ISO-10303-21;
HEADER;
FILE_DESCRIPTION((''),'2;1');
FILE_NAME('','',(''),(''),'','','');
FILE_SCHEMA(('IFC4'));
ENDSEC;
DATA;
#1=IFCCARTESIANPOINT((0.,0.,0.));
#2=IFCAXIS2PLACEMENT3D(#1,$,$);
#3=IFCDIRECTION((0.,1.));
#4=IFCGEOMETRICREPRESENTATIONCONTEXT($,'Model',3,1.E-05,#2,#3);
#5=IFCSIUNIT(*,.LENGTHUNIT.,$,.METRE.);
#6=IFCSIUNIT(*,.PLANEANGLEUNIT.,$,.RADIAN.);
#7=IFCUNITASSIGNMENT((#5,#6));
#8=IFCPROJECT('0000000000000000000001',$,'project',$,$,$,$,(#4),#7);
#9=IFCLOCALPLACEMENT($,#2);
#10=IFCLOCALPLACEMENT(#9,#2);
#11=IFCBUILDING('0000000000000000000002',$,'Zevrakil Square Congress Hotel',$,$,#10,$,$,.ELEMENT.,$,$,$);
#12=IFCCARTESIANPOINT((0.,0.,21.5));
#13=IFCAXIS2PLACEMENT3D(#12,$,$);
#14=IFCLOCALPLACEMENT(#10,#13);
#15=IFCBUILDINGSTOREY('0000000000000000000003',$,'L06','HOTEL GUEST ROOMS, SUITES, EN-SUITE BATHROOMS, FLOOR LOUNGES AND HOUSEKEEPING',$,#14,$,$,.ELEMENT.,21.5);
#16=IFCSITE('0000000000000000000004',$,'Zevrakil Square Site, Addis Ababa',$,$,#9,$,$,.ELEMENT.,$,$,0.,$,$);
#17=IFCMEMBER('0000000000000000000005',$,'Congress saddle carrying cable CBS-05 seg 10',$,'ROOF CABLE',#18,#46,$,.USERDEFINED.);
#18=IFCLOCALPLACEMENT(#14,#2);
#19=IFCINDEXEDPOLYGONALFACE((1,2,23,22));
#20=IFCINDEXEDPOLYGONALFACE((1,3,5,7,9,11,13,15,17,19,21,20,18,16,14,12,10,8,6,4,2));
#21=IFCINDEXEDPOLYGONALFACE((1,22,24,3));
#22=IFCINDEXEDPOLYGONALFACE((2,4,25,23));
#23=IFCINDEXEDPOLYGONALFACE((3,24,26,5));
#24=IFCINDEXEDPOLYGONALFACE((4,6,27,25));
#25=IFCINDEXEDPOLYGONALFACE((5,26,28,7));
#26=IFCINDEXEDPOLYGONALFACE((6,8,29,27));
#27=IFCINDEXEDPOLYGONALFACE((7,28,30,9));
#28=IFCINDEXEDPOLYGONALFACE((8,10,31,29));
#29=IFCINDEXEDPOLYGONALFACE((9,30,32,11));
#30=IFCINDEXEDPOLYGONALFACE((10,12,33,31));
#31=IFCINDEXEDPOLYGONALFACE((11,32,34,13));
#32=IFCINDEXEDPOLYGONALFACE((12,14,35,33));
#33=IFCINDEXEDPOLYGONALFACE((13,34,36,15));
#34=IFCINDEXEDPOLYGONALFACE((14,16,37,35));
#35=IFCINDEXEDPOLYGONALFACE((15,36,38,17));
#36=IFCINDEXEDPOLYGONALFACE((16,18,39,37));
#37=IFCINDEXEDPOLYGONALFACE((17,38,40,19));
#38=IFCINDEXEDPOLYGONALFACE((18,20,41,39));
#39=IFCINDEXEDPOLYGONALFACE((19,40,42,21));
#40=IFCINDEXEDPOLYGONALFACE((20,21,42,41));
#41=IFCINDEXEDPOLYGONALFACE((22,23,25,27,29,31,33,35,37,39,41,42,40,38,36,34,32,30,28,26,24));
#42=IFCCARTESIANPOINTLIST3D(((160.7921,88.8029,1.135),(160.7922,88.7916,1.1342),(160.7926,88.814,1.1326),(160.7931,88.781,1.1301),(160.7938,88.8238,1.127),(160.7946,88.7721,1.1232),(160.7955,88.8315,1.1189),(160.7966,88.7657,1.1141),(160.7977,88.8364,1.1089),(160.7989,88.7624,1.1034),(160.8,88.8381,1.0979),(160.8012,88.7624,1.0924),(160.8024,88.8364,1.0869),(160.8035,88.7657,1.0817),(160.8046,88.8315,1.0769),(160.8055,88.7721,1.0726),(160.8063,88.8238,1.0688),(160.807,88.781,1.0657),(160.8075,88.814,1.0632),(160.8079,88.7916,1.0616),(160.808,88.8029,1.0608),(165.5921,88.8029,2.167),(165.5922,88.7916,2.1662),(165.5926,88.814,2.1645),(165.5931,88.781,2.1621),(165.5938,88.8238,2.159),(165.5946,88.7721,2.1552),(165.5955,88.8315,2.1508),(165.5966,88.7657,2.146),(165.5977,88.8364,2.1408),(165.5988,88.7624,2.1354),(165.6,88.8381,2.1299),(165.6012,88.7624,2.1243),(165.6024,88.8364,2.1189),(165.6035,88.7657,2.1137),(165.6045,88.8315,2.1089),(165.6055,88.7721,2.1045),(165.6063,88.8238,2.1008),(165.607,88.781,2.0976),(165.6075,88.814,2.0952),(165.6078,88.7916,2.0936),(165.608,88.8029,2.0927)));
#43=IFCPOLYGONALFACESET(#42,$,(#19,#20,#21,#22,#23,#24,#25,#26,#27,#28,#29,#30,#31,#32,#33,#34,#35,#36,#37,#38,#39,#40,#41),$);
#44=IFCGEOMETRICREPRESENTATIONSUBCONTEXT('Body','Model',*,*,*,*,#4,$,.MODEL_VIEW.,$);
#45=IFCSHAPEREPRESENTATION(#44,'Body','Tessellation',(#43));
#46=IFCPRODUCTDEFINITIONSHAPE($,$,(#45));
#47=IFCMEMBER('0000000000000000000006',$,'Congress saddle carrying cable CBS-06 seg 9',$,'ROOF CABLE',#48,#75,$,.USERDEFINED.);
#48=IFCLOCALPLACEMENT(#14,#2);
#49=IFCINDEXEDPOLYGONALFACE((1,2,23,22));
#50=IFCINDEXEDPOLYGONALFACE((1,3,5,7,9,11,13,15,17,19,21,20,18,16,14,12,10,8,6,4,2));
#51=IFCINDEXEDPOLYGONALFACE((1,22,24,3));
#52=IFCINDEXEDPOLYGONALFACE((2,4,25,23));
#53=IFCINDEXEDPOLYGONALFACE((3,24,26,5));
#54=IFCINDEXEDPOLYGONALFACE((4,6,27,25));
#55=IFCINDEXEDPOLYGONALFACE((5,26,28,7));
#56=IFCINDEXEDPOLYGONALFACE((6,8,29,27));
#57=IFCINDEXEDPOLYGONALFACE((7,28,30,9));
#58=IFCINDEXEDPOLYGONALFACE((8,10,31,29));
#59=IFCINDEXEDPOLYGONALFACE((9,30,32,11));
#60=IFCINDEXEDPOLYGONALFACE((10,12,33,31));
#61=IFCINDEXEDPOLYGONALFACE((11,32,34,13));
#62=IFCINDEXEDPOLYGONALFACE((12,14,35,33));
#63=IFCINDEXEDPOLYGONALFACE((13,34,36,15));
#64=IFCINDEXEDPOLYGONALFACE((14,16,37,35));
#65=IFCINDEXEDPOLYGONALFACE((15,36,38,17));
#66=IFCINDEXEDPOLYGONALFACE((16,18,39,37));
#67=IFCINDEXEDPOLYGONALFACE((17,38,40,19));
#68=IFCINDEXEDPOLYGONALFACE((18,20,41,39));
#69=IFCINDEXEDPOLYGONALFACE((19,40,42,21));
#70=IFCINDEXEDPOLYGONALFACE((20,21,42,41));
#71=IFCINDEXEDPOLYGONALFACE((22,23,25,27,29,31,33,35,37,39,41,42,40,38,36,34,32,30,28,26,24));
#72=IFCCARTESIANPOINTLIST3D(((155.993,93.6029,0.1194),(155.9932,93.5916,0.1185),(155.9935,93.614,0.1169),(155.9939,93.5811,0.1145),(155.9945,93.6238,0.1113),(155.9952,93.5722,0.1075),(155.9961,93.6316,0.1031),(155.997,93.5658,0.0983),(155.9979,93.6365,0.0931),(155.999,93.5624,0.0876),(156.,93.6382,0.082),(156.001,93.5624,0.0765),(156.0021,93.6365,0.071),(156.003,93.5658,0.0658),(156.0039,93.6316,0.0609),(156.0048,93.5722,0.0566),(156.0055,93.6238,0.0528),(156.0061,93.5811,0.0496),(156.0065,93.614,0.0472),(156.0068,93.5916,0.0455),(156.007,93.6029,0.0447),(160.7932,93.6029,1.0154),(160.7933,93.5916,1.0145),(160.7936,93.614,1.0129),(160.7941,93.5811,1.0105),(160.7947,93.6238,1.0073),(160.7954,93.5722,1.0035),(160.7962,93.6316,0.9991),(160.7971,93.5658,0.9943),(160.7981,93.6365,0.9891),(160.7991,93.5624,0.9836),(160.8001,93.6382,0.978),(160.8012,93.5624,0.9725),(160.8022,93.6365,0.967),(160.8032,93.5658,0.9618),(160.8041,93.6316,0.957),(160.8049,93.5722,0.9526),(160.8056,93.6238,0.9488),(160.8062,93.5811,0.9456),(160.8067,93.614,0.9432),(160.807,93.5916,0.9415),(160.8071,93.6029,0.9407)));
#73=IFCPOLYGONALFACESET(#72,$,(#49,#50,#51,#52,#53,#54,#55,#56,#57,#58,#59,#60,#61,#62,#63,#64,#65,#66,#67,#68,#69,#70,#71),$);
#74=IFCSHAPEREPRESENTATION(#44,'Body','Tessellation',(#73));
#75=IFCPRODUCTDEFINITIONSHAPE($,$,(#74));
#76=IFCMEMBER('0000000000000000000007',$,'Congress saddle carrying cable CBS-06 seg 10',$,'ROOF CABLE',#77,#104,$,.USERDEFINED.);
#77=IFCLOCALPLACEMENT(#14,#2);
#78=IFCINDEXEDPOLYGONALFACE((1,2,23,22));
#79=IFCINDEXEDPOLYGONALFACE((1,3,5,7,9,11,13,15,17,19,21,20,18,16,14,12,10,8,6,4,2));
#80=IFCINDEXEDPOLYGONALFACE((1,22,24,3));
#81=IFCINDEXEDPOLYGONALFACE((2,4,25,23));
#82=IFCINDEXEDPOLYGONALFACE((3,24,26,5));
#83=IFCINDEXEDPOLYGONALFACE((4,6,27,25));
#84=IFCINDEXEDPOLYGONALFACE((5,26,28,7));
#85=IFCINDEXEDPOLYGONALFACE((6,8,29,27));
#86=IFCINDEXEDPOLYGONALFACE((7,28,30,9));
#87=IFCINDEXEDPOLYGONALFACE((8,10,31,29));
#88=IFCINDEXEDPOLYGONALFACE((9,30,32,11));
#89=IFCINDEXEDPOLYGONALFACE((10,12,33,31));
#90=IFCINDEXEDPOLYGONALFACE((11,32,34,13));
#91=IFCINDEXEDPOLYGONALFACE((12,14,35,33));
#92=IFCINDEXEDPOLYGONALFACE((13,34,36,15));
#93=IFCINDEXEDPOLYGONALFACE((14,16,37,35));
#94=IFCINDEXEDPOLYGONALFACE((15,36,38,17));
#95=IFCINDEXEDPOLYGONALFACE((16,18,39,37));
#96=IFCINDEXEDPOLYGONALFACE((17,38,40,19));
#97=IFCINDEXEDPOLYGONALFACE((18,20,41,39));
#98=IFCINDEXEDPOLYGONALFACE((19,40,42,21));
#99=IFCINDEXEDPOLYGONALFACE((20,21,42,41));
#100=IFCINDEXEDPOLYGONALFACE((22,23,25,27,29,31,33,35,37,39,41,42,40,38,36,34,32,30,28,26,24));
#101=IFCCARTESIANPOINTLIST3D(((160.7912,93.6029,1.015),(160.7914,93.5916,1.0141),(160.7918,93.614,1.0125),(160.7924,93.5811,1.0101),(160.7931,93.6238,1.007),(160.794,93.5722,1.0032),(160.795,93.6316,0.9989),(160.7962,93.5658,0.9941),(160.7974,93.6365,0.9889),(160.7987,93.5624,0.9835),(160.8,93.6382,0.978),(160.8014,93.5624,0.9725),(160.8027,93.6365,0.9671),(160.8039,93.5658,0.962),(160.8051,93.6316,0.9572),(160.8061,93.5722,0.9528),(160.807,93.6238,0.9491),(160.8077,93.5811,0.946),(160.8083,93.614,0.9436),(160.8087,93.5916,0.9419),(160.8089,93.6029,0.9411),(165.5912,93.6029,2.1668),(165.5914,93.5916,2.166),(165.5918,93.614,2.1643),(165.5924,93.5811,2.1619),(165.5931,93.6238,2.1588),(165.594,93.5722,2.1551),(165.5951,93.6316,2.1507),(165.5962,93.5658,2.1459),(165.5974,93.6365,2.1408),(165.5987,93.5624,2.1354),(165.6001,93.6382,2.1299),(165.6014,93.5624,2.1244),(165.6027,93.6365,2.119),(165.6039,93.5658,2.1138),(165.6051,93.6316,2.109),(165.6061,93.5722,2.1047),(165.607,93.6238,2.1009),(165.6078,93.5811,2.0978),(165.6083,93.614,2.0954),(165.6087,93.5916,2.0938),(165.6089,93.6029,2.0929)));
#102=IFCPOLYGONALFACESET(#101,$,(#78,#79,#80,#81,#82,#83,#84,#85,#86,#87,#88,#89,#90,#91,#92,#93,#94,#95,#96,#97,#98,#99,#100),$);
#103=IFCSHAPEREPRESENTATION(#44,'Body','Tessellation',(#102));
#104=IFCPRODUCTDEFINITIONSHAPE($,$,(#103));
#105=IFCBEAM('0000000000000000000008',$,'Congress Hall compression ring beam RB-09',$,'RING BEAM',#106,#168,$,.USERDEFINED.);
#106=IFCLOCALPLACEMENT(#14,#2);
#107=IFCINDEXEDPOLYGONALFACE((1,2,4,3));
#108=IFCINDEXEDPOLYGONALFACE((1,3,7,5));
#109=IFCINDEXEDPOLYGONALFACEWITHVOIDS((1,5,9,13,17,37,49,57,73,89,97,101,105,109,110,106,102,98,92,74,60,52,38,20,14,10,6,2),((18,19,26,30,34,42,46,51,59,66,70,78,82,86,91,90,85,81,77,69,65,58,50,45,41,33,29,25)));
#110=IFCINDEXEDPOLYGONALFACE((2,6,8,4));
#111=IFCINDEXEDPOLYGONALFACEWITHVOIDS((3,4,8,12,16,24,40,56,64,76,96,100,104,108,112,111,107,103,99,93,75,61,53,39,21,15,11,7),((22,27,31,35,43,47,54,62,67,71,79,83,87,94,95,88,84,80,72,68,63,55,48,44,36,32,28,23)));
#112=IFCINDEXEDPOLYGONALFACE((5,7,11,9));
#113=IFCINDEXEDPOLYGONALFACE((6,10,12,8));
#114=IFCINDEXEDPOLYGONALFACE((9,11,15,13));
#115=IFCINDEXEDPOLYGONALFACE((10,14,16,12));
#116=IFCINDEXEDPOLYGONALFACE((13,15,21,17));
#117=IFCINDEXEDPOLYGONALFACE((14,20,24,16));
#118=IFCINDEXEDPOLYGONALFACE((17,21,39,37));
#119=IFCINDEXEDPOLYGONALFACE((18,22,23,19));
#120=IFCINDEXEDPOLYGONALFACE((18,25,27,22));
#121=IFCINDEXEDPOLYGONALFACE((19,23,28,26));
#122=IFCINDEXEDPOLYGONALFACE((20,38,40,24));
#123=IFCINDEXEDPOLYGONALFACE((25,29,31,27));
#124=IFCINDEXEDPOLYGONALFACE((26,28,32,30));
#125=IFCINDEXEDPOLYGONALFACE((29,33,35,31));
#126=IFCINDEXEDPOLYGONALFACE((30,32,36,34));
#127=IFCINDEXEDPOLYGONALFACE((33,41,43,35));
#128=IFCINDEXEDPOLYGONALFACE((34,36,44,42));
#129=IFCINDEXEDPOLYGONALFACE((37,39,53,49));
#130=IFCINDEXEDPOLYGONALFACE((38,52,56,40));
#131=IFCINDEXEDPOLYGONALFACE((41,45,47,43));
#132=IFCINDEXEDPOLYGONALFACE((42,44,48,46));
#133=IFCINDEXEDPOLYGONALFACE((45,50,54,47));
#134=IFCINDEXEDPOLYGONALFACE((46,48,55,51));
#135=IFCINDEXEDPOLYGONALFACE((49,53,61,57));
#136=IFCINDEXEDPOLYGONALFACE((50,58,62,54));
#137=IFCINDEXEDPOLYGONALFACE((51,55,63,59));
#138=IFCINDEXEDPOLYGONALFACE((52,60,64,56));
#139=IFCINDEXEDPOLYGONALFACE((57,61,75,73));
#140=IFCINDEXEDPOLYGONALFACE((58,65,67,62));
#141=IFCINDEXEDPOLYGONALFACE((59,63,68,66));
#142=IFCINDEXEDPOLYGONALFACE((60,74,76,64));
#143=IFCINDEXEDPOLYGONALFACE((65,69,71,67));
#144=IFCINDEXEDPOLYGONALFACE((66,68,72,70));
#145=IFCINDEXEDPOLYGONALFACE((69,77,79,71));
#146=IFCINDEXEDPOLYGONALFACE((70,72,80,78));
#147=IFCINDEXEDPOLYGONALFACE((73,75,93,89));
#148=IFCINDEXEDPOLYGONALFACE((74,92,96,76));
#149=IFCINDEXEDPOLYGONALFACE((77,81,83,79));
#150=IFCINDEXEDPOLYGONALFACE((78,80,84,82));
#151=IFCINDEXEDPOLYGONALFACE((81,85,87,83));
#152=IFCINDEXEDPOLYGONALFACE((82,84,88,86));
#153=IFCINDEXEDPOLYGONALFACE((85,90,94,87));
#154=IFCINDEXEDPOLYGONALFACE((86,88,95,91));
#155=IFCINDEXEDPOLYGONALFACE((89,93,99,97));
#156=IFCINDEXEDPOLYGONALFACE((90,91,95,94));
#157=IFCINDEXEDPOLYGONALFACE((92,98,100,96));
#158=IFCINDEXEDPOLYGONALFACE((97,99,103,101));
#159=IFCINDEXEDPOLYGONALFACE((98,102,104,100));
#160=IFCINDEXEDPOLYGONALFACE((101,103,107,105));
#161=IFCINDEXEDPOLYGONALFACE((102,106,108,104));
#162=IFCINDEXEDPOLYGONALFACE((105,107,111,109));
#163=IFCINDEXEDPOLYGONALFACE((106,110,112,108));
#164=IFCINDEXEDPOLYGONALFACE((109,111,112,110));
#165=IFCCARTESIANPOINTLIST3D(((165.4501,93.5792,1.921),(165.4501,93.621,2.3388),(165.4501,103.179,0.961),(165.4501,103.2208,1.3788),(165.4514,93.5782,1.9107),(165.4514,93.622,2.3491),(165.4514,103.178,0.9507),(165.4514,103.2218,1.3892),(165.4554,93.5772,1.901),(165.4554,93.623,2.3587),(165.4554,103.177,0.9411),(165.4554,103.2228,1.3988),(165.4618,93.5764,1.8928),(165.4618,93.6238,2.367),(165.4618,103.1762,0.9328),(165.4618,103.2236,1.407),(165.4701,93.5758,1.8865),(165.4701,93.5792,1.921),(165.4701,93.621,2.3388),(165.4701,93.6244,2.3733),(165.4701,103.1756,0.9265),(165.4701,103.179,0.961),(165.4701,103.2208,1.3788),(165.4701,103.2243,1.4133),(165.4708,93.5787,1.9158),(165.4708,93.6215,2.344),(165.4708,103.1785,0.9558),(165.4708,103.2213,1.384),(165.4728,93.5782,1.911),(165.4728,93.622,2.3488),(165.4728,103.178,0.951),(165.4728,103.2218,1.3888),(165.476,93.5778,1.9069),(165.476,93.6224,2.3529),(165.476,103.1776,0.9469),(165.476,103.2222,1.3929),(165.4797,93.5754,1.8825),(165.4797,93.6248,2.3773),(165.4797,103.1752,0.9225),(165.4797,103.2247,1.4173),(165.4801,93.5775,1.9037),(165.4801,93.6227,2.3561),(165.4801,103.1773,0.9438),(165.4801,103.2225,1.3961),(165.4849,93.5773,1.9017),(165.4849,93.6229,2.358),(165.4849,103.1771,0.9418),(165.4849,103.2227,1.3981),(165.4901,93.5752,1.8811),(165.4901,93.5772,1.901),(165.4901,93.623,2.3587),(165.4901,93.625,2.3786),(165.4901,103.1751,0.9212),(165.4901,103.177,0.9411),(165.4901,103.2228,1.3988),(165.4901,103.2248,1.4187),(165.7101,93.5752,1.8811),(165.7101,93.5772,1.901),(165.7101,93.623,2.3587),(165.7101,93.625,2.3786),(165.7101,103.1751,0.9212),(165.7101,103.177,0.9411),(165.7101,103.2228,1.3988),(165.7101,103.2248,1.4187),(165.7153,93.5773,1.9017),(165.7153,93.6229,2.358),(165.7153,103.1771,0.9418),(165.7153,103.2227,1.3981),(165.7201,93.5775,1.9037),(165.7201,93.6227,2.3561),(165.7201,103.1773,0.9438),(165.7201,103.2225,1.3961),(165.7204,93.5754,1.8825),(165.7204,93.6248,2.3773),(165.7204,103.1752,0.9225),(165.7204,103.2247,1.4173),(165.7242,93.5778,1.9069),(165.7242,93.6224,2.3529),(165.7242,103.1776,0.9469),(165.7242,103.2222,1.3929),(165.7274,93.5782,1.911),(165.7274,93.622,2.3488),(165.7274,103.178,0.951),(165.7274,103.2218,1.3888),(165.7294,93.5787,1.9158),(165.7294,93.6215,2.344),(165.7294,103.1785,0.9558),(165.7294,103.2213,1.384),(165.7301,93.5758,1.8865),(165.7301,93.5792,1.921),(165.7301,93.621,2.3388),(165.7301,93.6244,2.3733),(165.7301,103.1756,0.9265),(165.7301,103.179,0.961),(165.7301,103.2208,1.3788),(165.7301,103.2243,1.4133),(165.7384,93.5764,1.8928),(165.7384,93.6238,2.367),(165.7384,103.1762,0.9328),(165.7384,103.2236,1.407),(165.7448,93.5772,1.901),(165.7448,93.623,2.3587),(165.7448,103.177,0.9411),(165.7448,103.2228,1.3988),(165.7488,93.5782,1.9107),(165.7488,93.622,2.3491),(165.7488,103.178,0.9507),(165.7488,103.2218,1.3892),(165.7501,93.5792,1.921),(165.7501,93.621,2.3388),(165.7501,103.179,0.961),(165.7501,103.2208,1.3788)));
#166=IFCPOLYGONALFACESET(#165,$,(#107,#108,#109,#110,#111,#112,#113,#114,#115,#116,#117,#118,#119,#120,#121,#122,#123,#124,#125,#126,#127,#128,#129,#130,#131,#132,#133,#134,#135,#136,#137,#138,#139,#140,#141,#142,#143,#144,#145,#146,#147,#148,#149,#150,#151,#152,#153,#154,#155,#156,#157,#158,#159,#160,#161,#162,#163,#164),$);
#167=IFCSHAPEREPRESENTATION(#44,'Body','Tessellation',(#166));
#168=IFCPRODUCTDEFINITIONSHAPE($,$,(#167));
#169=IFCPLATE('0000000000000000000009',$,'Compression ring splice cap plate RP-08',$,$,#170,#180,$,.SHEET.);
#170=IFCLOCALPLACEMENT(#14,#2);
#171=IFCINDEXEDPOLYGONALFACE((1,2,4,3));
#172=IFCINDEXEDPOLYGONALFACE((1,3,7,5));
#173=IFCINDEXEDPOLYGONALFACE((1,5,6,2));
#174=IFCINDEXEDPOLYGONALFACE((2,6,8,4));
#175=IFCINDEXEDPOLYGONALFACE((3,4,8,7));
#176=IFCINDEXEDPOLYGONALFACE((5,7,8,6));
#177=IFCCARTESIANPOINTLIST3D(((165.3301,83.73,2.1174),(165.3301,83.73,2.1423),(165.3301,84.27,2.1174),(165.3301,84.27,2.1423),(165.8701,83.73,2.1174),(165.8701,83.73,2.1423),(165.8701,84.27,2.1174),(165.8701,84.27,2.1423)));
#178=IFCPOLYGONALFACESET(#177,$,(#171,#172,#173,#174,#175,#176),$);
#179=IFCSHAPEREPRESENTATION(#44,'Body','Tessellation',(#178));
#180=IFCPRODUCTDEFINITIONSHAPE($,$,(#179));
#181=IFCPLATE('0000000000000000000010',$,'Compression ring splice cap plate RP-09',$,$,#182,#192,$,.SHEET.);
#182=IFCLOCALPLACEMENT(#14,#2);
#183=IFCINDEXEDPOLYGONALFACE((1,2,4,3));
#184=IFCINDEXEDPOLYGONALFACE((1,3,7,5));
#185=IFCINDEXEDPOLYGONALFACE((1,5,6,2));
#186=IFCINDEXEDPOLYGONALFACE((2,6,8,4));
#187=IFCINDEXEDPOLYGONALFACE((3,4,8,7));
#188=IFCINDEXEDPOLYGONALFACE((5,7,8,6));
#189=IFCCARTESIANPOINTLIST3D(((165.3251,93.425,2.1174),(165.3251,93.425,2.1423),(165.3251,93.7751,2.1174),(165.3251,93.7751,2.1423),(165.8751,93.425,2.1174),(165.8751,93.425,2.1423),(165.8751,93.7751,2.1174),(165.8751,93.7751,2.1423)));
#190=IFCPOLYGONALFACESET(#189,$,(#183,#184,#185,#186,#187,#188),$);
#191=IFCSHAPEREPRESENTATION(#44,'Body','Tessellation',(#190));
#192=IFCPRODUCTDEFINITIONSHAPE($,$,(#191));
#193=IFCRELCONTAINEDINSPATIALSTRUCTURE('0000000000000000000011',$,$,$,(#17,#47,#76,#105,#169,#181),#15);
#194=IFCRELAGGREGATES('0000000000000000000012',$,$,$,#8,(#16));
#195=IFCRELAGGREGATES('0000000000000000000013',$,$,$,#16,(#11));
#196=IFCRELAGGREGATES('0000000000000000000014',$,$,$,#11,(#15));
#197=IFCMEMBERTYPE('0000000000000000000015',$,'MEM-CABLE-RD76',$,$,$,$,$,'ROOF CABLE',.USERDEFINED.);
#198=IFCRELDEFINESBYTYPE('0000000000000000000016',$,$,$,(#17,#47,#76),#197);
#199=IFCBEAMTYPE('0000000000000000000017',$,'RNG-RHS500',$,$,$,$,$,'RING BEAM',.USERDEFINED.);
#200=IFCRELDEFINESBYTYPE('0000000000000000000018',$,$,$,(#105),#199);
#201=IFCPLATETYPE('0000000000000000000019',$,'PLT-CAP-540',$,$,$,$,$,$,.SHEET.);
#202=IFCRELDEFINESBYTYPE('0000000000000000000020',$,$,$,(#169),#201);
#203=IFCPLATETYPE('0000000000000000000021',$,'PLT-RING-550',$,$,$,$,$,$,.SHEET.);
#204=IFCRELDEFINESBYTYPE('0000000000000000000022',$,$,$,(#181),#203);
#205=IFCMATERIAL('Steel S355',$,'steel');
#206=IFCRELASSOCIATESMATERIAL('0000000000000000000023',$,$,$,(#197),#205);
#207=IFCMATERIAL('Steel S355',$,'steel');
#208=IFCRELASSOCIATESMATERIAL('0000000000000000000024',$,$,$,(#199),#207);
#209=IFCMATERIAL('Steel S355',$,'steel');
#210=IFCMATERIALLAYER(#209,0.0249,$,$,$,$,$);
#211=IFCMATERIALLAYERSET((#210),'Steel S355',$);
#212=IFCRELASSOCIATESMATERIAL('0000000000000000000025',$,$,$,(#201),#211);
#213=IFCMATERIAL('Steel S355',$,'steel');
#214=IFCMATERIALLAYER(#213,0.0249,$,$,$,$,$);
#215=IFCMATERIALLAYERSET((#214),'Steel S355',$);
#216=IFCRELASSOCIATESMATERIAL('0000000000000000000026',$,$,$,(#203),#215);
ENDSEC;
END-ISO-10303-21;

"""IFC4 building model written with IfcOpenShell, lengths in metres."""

from ifc_helpers import new_model, si_unit, direction, frame, origin, origin_2d, place, context, subcontext, project, spatial, rectangle, hollow_rectangle, circle, extrude, material, layer, layer_set, material_profile, profile_set, type_object, element, save


model = new_model("IFC4")

# Units and contexts
model_context = context("Model", 3, precision=1e-05, world=origin(), true_north=direction((0.0, 1.0)))
body_context = subcontext(model_context, "Body", "Model", "MODEL_VIEW")
ifc_project = project(units=[si_unit("LENGTHUNIT", "METRE"), si_unit("PLANEANGLEUNIT", "RADIAN")], contexts=[model_context])

# Site, building, storey
site_placement = place(None, origin())
site = spatial("IfcSite", under=ifc_project, at=site_placement, Name="Zevrakil Square Site, Addis Ababa", CompositionType="ELEMENT", RefElevation=0.0)
building_placement = place(site_placement, origin())
building = spatial("IfcBuilding", under=site, at=building_placement, Name="Zevrakil Square Congress Hotel", CompositionType="ELEMENT")
storey_placement = place(building_placement, frame((0.0, 0.0, 21.5)))
storey = spatial("IfcBuildingStorey", under=building, at=storey_placement, Name="L06", Description="HOTEL GUEST ROOMS, SUITES, EN-SUITE BATHROOMS, FLOOR LOUNGES AND HOUSEKEEPING", CompositionType="ELEMENT", Elevation=21.5)

# Members
ifc_material_1 = material(Name="Steel S355", Category="steel")
ifc_material_profile_1 = material_profile(ifc_material_1, circle(Radius=0.0381, at=origin_2d()), Name="CABLE RD76")
ifc_profile_set_1 = profile_set([ifc_material_profile_1], Name="Steel S355")
member_type_1 = type_object("IfcMemberType", Name="MEM-CABLE-RD76", ElementType="ROOF CABLE", PredefinedType="USERDEFINED", material=ifc_profile_set_1)
member_1_placement = place(storey_placement, frame((160.8, 88.8, 1.0979), z_axis=(0.97766, 0.0, 0.210191), x_axis=(0.0, 1.0, 0.0)))
element("IfcMember", 1, at=member_1_placement, inside=storey, type_object=member_type_1, Name="Congress saddle carrying cable CBS-05 seg 10", ObjectType="ROOF CABLE", PredefinedType="USERDEFINED", context=body_context, shape_type="SweptSolid", body=[
    extrude(circle(Radius=0.0381, at=origin_2d()), origin(), (0.0, 0.0, 1.0), 4.9097),
])
member_2_placement = place(storey_placement, frame((156.0, 93.6001, 0.082), z_axis=(0.983021, 0.0, 0.183495), x_axis=(0.0, 1.0, 0.0)))
element("IfcMember", 2, at=member_2_placement, inside=storey, type_object=member_type_1, Name="Congress saddle carrying cable CBS-06 seg 9", ObjectType="ROOF CABLE", PredefinedType="USERDEFINED", context=body_context, shape_type="SweptSolid", body=[
    extrude(circle(Radius=0.0381, at=origin_2d()), origin(), (0.0, 0.0, 1.0), 4.8831),
])
member_3_placement = place(storey_placement, frame((160.8, 93.6001, 0.978), z_axis=(0.972394, 0.0, 0.233343), x_axis=(0.0, 1.0, 0.0)))
element("IfcMember", 3, at=member_3_placement, inside=storey, type_object=member_type_1, Name="Congress saddle carrying cable CBS-06 seg 10", ObjectType="ROOF CABLE", PredefinedType="USERDEFINED", context=body_context, shape_type="SweptSolid", body=[
    extrude(circle(Radius=0.0381, at=origin_2d()), origin(), (0.0, 0.0, 1.0), 4.9363),
])

# Beam
ifc_material_2 = material(Name="Steel S355", Category="steel")
ifc_material_profile_2 = material_profile(ifc_material_2, hollow_rectangle(XDim=0.3, YDim=0.5, WallThickness=0.02, InnerFilletRadius=0.02, OuterFilletRadius=0.04, at=origin_2d()), Name="RHS 500x300x20")
ifc_profile_set_2 = profile_set([ifc_material_profile_2], Name="Steel S355")
beam_type = type_object("IfcBeamType", Name="RNG-RHS500", ElementType="RING BEAM", PredefinedType="USERDEFINED", material=ifc_profile_set_2)
beam_placement = place(storey_placement, frame((165.6001, 93.6001, 2.1299), z_axis=(0.0, 0.995037, -0.099501), x_axis=(-1.0, 0.0, 0.0)))
element("IfcBeam", 4, at=beam_placement, inside=storey, type_object=beam_type, Name="Congress Hall compression ring beam RB-09", ObjectType="RING BEAM", PredefinedType="USERDEFINED", context=body_context, shape_type="SweptSolid", body=[
    extrude(hollow_rectangle(XDim=0.3, YDim=0.5, WallThickness=0.02, InnerFilletRadius=0.02, OuterFilletRadius=0.04, at=origin_2d()), origin(), (0.0, 0.0, 1.0), 9.6477),
])

# Plates
ifc_material_3 = material(Name="Steel S355", Category="steel")
ifc_layer_1 = layer(ifc_material_3, 0.0249)
ifc_layer_set_1 = layer_set([ifc_layer_1], Name="Steel S355")
plate_type_1 = type_object("IfcPlateType", Name="PLT-CAP-540", PredefinedType="SHEET", material=ifc_layer_set_1)
plate_1_placement = place(storey_placement, frame((165.6001, 84.0, 2.1174), z_axis=(0.0, 0.0, 1.0), x_axis=(1.0, 0.0, 0.0)))
element("IfcPlate", 5, at=plate_1_placement, inside=storey, type_object=plate_type_1, Name="Compression ring splice cap plate RP-08", PredefinedType="SHEET", context=body_context, shape_type="SweptSolid", body=[
    extrude(rectangle(XDim=0.54, YDim=0.54, at=origin_2d()), origin(), (0.0, 0.0, 1.0), 0.0249),
])
ifc_material_4 = material(Name="Steel S355", Category="steel")
ifc_layer_2 = layer(ifc_material_4, 0.0249)
ifc_layer_set_2 = layer_set([ifc_layer_2], Name="Steel S355")
plate_type_2 = type_object("IfcPlateType", Name="PLT-RING-550", PredefinedType="SHEET", material=ifc_layer_set_2)
plate_2_placement = place(storey_placement, frame((165.6001, 93.6001, 2.1174), z_axis=(0.0, 0.0, 1.0), x_axis=(1.0, 0.0, 0.0)))
element("IfcPlate", 6, at=plate_2_placement, inside=storey, type_object=plate_type_2, Name="Compression ring splice cap plate RP-09", PredefinedType="SHEET", context=body_context, shape_type="SweptSolid", body=[
    extrude(rectangle(XDim=0.55, YDim=0.3501, at=origin_2d()), origin(), (0.0, 0.0, 1.0), 0.0249),
])

save(model, "model.ifc")
